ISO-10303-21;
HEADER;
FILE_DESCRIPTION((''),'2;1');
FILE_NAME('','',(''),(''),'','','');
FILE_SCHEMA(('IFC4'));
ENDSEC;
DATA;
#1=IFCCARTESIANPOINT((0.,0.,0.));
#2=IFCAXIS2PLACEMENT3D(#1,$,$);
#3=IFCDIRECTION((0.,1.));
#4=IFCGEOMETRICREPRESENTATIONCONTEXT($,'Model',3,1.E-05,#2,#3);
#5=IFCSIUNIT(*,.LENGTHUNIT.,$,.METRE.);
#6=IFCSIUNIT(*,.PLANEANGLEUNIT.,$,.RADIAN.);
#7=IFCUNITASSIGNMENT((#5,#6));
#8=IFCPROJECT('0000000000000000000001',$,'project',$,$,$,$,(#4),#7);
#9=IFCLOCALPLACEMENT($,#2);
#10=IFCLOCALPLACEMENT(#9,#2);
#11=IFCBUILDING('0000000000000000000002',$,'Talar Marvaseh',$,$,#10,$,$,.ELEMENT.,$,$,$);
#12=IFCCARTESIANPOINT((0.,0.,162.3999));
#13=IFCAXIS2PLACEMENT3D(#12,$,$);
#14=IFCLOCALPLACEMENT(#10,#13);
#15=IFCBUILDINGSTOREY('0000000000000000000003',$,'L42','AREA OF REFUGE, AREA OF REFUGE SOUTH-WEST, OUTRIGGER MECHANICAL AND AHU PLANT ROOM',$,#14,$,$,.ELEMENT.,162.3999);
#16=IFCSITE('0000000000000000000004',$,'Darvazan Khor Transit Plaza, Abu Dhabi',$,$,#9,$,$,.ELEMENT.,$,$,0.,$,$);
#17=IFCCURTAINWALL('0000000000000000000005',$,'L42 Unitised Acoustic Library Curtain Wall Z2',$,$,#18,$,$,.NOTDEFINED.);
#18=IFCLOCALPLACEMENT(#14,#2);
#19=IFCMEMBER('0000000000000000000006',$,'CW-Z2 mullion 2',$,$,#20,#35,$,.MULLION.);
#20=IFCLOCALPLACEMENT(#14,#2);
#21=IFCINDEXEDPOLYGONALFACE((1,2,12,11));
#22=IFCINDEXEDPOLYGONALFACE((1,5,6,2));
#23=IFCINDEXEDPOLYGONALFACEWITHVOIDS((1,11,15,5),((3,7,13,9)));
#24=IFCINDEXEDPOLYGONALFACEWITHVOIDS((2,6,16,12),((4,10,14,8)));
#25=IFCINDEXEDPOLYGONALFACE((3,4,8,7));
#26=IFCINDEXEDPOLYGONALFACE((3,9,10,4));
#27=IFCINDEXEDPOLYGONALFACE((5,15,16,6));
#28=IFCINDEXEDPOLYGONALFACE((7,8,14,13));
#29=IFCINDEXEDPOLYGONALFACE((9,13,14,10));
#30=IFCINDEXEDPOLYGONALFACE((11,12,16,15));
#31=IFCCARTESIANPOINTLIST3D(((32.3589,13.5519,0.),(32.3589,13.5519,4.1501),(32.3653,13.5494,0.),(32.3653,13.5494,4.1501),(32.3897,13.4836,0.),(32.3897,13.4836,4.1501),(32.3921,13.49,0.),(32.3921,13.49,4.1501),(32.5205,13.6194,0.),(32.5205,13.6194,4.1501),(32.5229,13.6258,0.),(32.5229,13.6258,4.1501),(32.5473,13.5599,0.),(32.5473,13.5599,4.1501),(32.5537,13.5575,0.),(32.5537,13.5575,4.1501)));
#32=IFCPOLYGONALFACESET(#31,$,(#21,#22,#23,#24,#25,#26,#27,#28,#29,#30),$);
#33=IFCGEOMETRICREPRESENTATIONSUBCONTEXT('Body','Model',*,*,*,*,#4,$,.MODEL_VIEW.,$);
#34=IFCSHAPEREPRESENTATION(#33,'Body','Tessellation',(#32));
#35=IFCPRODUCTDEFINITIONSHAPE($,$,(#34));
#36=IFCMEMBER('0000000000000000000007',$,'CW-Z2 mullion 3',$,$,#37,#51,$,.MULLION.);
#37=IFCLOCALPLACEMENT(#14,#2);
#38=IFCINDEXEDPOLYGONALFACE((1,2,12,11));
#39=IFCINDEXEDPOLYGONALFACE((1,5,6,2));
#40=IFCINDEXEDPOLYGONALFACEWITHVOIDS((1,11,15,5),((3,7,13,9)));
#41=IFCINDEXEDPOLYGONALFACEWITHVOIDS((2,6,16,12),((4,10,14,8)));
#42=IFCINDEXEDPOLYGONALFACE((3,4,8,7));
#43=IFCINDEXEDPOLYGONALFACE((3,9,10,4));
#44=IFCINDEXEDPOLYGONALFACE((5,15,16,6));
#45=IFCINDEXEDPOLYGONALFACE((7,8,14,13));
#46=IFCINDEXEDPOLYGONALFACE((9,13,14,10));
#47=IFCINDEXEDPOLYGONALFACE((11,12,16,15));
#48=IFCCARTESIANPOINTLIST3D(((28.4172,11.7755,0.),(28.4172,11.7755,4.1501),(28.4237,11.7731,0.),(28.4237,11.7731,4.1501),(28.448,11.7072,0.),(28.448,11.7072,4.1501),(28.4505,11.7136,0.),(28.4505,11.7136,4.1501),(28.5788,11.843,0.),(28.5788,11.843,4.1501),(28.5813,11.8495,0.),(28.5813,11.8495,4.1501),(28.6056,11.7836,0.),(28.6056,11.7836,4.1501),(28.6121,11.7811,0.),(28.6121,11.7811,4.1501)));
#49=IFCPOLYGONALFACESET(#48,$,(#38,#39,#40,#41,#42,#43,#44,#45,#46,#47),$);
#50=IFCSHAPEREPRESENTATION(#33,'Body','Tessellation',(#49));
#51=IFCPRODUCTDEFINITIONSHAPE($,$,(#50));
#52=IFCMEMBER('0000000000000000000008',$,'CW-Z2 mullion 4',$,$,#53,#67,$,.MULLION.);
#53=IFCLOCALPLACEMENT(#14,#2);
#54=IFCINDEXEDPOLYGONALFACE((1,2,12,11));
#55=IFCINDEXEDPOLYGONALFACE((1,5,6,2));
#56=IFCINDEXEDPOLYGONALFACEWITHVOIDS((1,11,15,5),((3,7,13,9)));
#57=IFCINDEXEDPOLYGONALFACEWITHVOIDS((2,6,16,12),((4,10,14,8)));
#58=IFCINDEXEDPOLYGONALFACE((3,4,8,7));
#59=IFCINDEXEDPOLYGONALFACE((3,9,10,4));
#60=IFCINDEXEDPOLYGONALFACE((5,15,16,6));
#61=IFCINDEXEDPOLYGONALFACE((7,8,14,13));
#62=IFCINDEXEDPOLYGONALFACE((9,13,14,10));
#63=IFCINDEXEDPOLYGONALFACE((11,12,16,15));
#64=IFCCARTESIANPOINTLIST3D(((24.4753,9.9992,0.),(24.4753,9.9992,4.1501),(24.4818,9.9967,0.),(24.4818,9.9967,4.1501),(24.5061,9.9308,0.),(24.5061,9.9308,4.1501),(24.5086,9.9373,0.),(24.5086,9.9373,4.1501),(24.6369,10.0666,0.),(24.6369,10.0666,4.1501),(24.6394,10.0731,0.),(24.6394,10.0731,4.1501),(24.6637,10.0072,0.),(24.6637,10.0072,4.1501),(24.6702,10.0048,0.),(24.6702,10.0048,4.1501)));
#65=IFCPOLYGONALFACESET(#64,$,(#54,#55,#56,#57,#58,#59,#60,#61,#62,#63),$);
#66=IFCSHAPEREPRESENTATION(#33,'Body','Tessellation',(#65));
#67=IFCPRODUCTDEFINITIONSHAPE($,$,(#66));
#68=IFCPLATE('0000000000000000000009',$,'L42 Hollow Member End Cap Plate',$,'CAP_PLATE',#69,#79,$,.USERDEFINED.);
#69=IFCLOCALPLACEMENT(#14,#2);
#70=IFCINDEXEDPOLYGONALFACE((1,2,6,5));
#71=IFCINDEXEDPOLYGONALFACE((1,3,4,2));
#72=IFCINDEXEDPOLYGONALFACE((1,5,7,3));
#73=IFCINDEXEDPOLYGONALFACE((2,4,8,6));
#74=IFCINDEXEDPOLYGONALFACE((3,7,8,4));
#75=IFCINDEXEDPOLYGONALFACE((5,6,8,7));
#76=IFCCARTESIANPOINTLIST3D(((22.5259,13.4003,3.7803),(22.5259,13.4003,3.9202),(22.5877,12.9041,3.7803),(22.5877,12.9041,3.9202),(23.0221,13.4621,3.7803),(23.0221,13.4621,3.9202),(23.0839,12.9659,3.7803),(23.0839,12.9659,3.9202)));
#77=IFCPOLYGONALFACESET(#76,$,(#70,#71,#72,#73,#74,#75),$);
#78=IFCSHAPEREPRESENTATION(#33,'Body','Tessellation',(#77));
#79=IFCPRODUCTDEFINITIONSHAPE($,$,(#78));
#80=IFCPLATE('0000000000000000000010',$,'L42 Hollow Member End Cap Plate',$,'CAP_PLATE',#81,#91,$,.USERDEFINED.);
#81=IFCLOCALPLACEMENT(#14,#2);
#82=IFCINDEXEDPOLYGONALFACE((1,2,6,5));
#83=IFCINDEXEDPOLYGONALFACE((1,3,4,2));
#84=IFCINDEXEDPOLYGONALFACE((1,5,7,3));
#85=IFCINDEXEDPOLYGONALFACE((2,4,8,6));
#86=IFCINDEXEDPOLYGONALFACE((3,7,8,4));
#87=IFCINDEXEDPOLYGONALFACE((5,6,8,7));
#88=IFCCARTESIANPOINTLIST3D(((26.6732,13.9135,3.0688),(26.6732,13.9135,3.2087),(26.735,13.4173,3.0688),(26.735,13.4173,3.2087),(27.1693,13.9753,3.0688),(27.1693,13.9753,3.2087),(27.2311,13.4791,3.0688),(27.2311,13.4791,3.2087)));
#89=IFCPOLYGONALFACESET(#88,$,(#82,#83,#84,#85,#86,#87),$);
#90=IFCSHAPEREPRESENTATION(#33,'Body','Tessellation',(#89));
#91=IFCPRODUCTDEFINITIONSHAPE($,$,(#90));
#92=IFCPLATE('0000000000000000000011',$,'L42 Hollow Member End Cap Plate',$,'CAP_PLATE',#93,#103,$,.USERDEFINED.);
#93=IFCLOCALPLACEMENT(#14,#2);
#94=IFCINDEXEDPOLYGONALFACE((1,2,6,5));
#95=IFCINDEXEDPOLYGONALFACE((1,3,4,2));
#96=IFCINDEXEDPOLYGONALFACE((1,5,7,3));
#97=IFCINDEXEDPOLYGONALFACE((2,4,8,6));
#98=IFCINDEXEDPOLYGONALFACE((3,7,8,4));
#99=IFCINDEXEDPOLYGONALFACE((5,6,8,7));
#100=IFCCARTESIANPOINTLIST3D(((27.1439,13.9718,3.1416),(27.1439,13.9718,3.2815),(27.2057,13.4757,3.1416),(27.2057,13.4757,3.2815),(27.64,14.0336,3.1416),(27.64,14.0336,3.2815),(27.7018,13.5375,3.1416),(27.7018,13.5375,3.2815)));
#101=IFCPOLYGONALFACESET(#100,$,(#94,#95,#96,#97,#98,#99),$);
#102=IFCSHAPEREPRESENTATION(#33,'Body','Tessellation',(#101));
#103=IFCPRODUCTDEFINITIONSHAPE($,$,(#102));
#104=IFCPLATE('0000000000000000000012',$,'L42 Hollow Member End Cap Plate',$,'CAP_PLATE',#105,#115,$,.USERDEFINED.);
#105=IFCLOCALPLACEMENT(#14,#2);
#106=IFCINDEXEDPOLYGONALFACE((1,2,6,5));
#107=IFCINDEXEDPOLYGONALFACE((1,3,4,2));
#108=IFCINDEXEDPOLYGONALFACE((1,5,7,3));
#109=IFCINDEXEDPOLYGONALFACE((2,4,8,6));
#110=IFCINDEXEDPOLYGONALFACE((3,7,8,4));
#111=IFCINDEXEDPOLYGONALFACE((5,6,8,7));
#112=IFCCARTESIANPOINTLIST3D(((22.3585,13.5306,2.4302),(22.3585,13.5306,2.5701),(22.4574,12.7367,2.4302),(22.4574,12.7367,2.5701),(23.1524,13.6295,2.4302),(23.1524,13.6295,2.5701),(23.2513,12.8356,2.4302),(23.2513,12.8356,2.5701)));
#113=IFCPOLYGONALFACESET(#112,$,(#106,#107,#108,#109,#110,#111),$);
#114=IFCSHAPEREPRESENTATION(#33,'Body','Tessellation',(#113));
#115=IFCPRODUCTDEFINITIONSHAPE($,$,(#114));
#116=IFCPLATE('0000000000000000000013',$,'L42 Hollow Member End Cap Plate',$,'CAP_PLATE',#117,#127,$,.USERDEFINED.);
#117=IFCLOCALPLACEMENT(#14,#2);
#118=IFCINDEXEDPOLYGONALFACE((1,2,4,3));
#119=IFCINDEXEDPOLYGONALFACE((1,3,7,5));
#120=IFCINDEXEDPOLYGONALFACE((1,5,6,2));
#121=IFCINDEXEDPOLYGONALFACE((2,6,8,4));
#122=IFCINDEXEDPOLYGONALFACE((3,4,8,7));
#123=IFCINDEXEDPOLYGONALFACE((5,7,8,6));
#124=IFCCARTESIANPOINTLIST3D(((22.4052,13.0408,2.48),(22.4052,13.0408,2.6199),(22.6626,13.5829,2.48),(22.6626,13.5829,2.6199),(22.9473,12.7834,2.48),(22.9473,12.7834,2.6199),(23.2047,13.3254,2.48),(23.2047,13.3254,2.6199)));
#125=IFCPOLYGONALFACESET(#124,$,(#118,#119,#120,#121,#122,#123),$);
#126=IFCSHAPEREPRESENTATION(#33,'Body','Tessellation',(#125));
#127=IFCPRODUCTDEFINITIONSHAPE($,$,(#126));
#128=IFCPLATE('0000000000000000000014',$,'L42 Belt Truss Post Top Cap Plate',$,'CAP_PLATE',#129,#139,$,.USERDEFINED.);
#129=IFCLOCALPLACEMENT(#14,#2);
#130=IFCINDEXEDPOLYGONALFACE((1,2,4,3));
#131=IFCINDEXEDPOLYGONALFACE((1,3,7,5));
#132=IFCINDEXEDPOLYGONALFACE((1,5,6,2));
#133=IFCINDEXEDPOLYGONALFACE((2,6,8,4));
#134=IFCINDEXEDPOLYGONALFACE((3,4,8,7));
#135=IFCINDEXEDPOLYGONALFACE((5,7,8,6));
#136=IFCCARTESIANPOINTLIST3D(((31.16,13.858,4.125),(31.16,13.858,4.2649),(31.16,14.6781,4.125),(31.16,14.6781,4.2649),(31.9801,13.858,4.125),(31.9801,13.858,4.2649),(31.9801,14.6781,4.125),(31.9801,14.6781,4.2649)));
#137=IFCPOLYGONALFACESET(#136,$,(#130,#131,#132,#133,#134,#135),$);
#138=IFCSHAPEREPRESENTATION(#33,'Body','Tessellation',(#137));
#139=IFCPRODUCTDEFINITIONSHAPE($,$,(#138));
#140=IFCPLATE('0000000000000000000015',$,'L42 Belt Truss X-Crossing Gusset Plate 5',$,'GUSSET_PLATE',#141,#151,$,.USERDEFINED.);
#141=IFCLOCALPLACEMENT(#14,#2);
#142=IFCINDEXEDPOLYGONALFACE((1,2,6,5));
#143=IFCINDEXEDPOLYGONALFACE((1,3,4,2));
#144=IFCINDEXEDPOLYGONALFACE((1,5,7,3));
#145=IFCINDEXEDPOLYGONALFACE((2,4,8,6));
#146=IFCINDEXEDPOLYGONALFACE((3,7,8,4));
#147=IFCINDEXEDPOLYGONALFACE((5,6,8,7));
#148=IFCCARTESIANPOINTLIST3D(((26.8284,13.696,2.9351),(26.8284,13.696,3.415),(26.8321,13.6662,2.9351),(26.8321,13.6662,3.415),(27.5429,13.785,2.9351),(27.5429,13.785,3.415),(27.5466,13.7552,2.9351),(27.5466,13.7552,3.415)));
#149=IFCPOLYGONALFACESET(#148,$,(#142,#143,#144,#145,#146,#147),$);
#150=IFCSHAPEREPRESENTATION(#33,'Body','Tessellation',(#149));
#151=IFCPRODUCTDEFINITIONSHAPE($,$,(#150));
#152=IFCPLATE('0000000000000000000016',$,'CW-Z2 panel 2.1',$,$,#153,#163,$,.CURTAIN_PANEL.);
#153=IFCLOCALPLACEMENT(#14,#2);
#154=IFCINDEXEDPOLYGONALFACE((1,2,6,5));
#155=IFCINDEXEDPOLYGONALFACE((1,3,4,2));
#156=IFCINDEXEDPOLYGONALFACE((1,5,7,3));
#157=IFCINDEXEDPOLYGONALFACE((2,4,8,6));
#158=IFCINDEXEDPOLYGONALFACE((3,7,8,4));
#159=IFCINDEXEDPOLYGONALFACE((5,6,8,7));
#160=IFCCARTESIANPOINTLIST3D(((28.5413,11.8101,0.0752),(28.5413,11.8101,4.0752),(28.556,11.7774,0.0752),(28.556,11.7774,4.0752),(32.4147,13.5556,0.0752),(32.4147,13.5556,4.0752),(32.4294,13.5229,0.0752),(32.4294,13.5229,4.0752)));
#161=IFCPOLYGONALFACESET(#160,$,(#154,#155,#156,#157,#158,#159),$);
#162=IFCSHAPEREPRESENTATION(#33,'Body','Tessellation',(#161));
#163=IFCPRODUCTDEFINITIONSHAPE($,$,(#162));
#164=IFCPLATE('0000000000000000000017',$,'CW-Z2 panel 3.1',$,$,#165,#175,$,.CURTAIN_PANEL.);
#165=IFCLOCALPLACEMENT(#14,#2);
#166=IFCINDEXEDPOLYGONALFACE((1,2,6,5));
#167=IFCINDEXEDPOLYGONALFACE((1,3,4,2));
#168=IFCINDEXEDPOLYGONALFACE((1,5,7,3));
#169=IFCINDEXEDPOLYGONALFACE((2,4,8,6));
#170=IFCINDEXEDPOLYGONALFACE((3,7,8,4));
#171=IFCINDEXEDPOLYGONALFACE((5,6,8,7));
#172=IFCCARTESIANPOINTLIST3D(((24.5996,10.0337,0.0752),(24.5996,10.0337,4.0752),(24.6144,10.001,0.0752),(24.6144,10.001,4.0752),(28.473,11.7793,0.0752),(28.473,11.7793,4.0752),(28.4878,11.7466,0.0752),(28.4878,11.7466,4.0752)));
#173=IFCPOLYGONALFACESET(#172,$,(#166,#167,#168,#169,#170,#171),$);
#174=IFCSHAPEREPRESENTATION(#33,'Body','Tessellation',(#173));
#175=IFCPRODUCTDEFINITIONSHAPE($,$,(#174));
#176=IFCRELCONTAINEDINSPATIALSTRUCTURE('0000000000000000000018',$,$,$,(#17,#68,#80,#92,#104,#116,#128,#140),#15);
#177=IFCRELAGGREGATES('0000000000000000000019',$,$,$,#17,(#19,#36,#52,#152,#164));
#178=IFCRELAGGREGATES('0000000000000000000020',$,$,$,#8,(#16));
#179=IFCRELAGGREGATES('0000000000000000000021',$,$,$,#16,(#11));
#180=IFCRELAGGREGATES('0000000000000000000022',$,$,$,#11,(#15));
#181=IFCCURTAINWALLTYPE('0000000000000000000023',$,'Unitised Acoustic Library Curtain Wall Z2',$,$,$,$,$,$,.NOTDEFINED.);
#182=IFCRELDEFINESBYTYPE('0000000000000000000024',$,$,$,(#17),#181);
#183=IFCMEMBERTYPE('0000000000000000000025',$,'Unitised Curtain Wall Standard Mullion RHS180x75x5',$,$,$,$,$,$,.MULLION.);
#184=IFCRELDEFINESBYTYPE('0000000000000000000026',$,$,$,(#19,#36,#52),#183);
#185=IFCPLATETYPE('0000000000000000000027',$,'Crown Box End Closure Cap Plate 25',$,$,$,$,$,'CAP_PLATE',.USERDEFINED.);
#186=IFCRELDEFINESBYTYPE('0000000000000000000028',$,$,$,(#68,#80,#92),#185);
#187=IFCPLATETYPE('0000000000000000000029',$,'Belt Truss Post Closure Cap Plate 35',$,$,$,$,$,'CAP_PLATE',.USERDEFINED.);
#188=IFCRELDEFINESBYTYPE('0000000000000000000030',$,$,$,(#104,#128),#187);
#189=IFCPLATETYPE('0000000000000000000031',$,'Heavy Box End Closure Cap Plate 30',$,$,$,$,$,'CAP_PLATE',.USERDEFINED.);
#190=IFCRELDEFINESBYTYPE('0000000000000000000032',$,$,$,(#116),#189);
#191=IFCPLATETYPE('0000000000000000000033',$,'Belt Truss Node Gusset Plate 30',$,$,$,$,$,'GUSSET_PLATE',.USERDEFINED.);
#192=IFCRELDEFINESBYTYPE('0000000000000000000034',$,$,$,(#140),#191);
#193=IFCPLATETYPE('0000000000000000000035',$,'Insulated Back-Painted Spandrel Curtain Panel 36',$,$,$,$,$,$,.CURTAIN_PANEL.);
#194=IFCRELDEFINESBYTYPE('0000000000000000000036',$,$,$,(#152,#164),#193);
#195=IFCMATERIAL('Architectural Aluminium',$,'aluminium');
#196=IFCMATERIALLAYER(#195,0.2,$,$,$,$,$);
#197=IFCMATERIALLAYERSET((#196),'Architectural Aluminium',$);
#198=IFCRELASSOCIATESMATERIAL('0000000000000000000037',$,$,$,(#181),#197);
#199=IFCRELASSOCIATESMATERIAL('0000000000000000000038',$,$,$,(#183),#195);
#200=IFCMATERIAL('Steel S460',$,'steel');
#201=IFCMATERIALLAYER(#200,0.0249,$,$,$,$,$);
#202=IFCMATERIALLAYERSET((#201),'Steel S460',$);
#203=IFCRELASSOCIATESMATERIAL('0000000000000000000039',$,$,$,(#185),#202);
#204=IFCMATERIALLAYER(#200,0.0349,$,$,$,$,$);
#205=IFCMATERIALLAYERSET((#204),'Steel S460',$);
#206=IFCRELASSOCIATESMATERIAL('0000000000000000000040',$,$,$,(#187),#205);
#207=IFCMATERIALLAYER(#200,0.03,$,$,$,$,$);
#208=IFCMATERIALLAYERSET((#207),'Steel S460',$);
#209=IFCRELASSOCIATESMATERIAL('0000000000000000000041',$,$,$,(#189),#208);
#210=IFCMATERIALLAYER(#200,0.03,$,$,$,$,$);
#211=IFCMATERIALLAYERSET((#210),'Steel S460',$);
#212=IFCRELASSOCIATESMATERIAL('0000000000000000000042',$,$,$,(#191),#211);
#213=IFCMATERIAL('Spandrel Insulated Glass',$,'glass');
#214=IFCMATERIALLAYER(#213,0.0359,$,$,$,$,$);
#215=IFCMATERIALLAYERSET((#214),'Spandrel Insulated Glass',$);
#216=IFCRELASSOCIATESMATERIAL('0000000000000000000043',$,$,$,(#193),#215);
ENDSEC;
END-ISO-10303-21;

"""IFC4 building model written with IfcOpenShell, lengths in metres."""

from ifc_helpers import new_model, si_unit, direction, frame, origin, origin_2d, place, context, subcontext, project, spatial, rectangle, hollow_rectangle, extrude, source, transform, mapped, material, layer, layer_set, material_profile, profile_set, type_object, type_shapes, element, aggregate, save


model = new_model("IFC4")

# Units and contexts
model_context = context("Model", 3, precision=1e-05, world=origin(), true_north=direction((0.0, 1.0)))
body_context = subcontext(model_context, "Body", "Model", "MODEL_VIEW")
ifc_project = project(units=[si_unit("LENGTHUNIT", "METRE"), si_unit("PLANEANGLEUNIT", "RADIAN")], contexts=[model_context])

# Site, building, storey
site_placement = place(None, origin())
site = spatial("IfcSite", under=ifc_project, at=site_placement, Name="Darvazan Khor Transit Plaza, Abu Dhabi", CompositionType="ELEMENT", RefElevation=0.0)
building_placement = place(site_placement, origin())
building = spatial("IfcBuilding", under=site, at=building_placement, Name="Talar Marvaseh", CompositionType="ELEMENT")
storey_placement = place(building_placement, frame((0.0, 0.0, 162.3999)))
storey = spatial("IfcBuildingStorey", under=building, at=storey_placement, Name="L42", Description="AREA OF REFUGE, AREA OF REFUGE SOUTH-WEST, OUTRIGGER MECHANICAL AND AHU PLANT ROOM", CompositionType="ELEMENT", Elevation=162.3999)

# Shared definitions
ifc_material_1 = material(Name="Steel S460", Category="steel")

# Curtain wall, members
ifc_material_2 = material(Name="Architectural Aluminium", Category="aluminium")
ifc_layer_1 = layer(ifc_material_2, 0.2)
ifc_layer_set_1 = layer_set([ifc_layer_1], Name="Architectural Aluminium")
curtain_wall_type = type_object("IfcCurtainWallType", Name="Unitised Acoustic Library Curtain Wall Z2", PredefinedType="NOTDEFINED", material=ifc_layer_set_1)
curtain_wall_placement = place(storey_placement, origin())
curtain_wall = element("IfcCurtainWall", 1, at=curtain_wall_placement, inside=storey, type_object=curtain_wall_type, Name="L42 Unitised Acoustic Library Curtain Wall Z2", PredefinedType="NOTDEFINED")
ifc_material_profile_1 = material_profile(ifc_material_2, hollow_rectangle(XDim=0.075, YDim=0.1799, WallThickness=0.0049, at=origin_2d()), Name="RHS180x75x5")
ifc_profile_set_1 = profile_set([ifc_material_profile_1], Name="Architectural Aluminium")
member_type_1 = type_object("IfcMemberType", Name="Unitised Curtain Wall Standard Mullion RHS180x75x5", PredefinedType="MULLION", material=ifc_profile_set_1)
shared_shape_1 = source(origin(), body_context, "Body", "SweptSolid", [
    extrude(hollow_rectangle(XDim=0.075, YDim=0.1799, WallThickness=0.0049, at=origin_2d()), origin(), (0.0, 0.0, 1.0), 4.1501),
])
type_shapes(member_type_1, [shared_shape_1])
member_1_placement = place(storey_placement, frame((32.4563, 13.5547, 0.0), z_axis=(0.0, 0.0, 1.0), x_axis=(0.410862, -0.911697, 0.0)))
member_1 = element("IfcMember", 2, at=member_1_placement, type_object=member_type_1, Name="CW-Z2 mullion 2", PredefinedType="MULLION", context=body_context, shape_type="MappedRepresentation", body=[
    mapped(shared_shape_1, transform((0.0, 0.0, 0.0), x_axis=(1.0, 0.0, 0.0), y_axis=(0.0, 1.0, 0.0), z_axis=(0.0, 0.0, 1.0), scale=1.0)),
])
member_2_placement = place(storey_placement, frame((28.5146, 11.7783, 0.0), z_axis=(0.0, 0.0, 1.0), x_axis=(0.410862, -0.911697, 0.0)))
member_2 = element("IfcMember", 3, at=member_2_placement, type_object=member_type_1, Name="CW-Z2 mullion 3", PredefinedType="MULLION", context=body_context, shape_type="MappedRepresentation", body=[
    mapped(shared_shape_1, transform((0.0, 0.0, 0.0), x_axis=(1.0, 0.0, 0.0), y_axis=(0.0, 1.0, 0.0), z_axis=(0.0, 0.0, 1.0), scale=1.0)),
])
member_3_placement = place(storey_placement, frame((24.5728, 10.002, 0.0), z_axis=(0.0, 0.0, 1.0), x_axis=(0.410862, -0.911697, 0.0)))
member_3 = element("IfcMember", 4, at=member_3_placement, type_object=member_type_1, Name="CW-Z2 mullion 4", PredefinedType="MULLION", context=body_context, shape_type="MappedRepresentation", body=[
    mapped(shared_shape_1, transform((0.0, 0.0, 0.0), x_axis=(1.0, 0.0, 0.0), y_axis=(0.0, 1.0, 0.0), z_axis=(0.0, 0.0, 1.0), scale=1.0)),
])

# Plates
ifc_layer_2 = layer(ifc_material_1, 0.0249)
ifc_layer_set_2 = layer_set([ifc_layer_2], Name="Steel S460")
plate_type_1 = type_object("IfcPlateType", Name="Crown Box End Closure Cap Plate 25", ElementType="CAP_PLATE", PredefinedType="USERDEFINED", material=ifc_layer_set_2)
shared_shape_2 = source(origin(), body_context, "Body", "SweptSolid", [
    extrude(rectangle(XDim=0.5, YDim=0.5, at=origin_2d()), origin(), (0.0, 0.0, 1.0), 0.1399),
])
type_shapes(plate_type_1, [shared_shape_2])
for number, where, z_axis, x_axis, name in (
    (5, (22.8049, 13.1831, 3.7803), (0.0, 0.0, 1.0), (-0.992332, -0.123601, 0.0), "L42 Hollow Member End Cap Plate"),
    (6, (26.9521, 13.6963, 3.0688), (0.0, 0.0, 1.0), (0.992332, 0.123601, 0.0), "L42 Hollow Member End Cap Plate"),
    (7, (27.4229, 13.7546, 3.1416), (0.0, 0.0, 1.0), (0.992332, 0.123601, 0.0), "L42 Hollow Member End Cap Plate"),
):
    element("IfcPlate", number, at=place(storey_placement, frame(where, z_axis=z_axis, x_axis=x_axis)), inside=storey, type_object=plate_type_1, Name=name, ObjectType="CAP_PLATE", PredefinedType="USERDEFINED", context=body_context, shape_type="MappedRepresentation", body=[
        mapped(shared_shape_2, transform((0.0, 0.0, 0.0), x_axis=(1.0, 0.0, 0.0), y_axis=(0.0, 1.0, 0.0), z_axis=(0.0, 0.0, 1.0), scale=1.0)),
    ])
ifc_layer_3 = layer(ifc_material_1, 0.0349)
ifc_layer_set_3 = layer_set([ifc_layer_3], Name="Steel S460")
plate_type_2 = type_object("IfcPlateType", Name="Belt Truss Post Closure Cap Plate 35", ElementType="CAP_PLATE", PredefinedType="USERDEFINED", material=ifc_layer_set_3)
shared_shape_3 = source(origin(), body_context, "Body", "SweptSolid", [
    extrude(rectangle(XDim=0.8, YDim=0.8, at=origin_2d()), origin(), (0.0, 0.0, 1.0), 0.1399),
])
plate_1_placement = place(storey_placement, frame((22.8049, 13.1831, 2.4302), z_axis=(0.0, 0.0, 1.0), x_axis=(-0.992332, -0.123601, 0.0)))
element("IfcPlate", 8, at=plate_1_placement, inside=storey, type_object=plate_type_2, Name="L42 Hollow Member End Cap Plate", ObjectType="CAP_PLATE", PredefinedType="USERDEFINED", context=body_context, shape_type="MappedRepresentation", body=[
    mapped(shared_shape_3, transform((0.0, 0.0, 0.0), x_axis=(1.0, 0.0, 0.0), y_axis=(0.0, 1.0, 0.0), z_axis=(0.0, 0.0, 1.0), scale=1.0)),
])
ifc_layer_4 = layer(ifc_material_1, 0.03)
ifc_layer_set_4 = layer_set([ifc_layer_4], Name="Steel S460")
plate_type_3 = type_object("IfcPlateType", Name="Heavy Box End Closure Cap Plate 30", ElementType="CAP_PLATE", PredefinedType="USERDEFINED", material=ifc_layer_set_4)
shared_shape_4 = source(origin(), body_context, "Body", "SweptSolid", [
    extrude(rectangle(XDim=0.6001, YDim=0.6001, at=origin_2d()), origin(), (0.0, 0.0, 1.0), 0.1399),
])
type_shapes(plate_type_3, [shared_shape_4])
plate_2_placement = place(storey_placement, frame((22.8049, 13.1831, 2.48), z_axis=(0.0, 0.0, 1.0), x_axis=(-0.428935, -0.903335, 0.0)))
element("IfcPlate", 9, at=plate_2_placement, inside=storey, type_object=plate_type_3, Name="L42 Hollow Member End Cap Plate", ObjectType="CAP_PLATE", PredefinedType="USERDEFINED", context=body_context, shape_type="MappedRepresentation", body=[
    mapped(shared_shape_4, transform((0.0, 0.0, 0.0), x_axis=(1.0, 0.0, 0.0), y_axis=(0.0, 1.0, 0.0), z_axis=(0.0, 0.0, 1.0), scale=1.0)),
])
shared_shape_5 = source(origin(), body_context, "Body", "SweptSolid", [
    extrude(rectangle(XDim=0.8201, YDim=0.8201, at=origin_2d()), origin(), (0.0, 0.0, 1.0), 0.1399),
])
type_shapes(plate_type_2, [shared_shape_3, shared_shape_5])
plate_3_placement = place(storey_placement, frame((31.5701, 14.2681, 4.125), z_axis=(0.0, 0.0, 1.0), x_axis=(1.0, 0.0, 0.0)))
element("IfcPlate", 10, at=plate_3_placement, inside=storey, type_object=plate_type_2, Name="L42 Belt Truss Post Top Cap Plate", ObjectType="CAP_PLATE", PredefinedType="USERDEFINED", context=body_context, shape_type="MappedRepresentation", body=[
    mapped(shared_shape_5, transform((0.0, 0.0, 0.0), x_axis=(1.0, 0.0, 0.0), y_axis=(0.0, 1.0, 0.0), z_axis=(0.0, 0.0, 1.0), scale=1.0)),
])
ifc_layer_5 = layer(ifc_material_1, 0.03)
ifc_layer_set_5 = layer_set([ifc_layer_5], Name="Steel S460")
plate_type_4 = type_object("IfcPlateType", Name="Belt Truss Node Gusset Plate 30", ElementType="GUSSET_PLATE", PredefinedType="USERDEFINED", material=ifc_layer_set_5)
shared_shape_6 = source(origin(), body_context, "Body", "SweptSolid", [
    extrude(rectangle(XDim=0.72, YDim=0.03, at=origin_2d()), origin(), (0.0, 0.0, 1.0), 0.48),
])
type_shapes(plate_type_4, [shared_shape_6])
plate_4_placement = place(storey_placement, frame((27.1875, 13.7256, 2.9351), z_axis=(0.0, 0.0, 1.0), x_axis=(-0.992332, -0.123601, 0.0)))
element("IfcPlate", 11, at=plate_4_placement, inside=storey, type_object=plate_type_4, Name="L42 Belt Truss X-Crossing Gusset Plate 5", ObjectType="GUSSET_PLATE", PredefinedType="USERDEFINED", context=body_context, shape_type="MappedRepresentation", body=[
    mapped(shared_shape_6, transform((0.0, 0.0, 0.0), x_axis=(1.0, 0.0, 0.0), y_axis=(0.0, 1.0, 0.0), z_axis=(0.0, 0.0, 1.0), scale=1.0)),
])

# Plates
ifc_material_3 = material(Name="Spandrel Insulated Glass", Category="glass")
ifc_layer_6 = layer(ifc_material_3, 0.0359)
ifc_layer_set_6 = layer_set([ifc_layer_6], Name="Spandrel Insulated Glass")
plate_type_5 = type_object("IfcPlateType", Name="Insulated Back-Painted Spandrel Curtain Panel 36", PredefinedType="CURTAIN_PANEL", material=ifc_layer_set_6)
shared_shape_7 = source(origin(), body_context, "Body", "SweptSolid", [
    extrude(rectangle(XDim=4.2485, YDim=0.0359, at=origin_2d()), origin(), (0.0, 0.0, 1.0), 4.0),
])
type_shapes(plate_type_5, [shared_shape_7])
plate_5_placement = place(storey_placement, frame((30.4854, 12.6665, 0.0752), z_axis=(0.0, 0.0, 1.0), x_axis=(-0.911697, -0.410862, 0.0)))
plate_5 = element("IfcPlate", 12, at=plate_5_placement, type_object=plate_type_5, Name="CW-Z2 panel 2.1", PredefinedType="CURTAIN_PANEL", context=body_context, shape_type="MappedRepresentation", body=[
    mapped(shared_shape_7, transform((0.0, 0.0, 0.0), x_axis=(1.0, 0.0, 0.0), y_axis=(0.0, 1.0, 0.0), z_axis=(0.0, 0.0, 1.0), scale=1.0)),
])
plate_6_placement = place(storey_placement, frame((26.5437, 10.8901, 0.0752), z_axis=(0.0, 0.0, 1.0), x_axis=(-0.911697, -0.410862, 0.0)))
plate_6 = element("IfcPlate", 13, at=plate_6_placement, type_object=plate_type_5, Name="CW-Z2 panel 3.1", PredefinedType="CURTAIN_PANEL", context=body_context, shape_type="MappedRepresentation", body=[
    mapped(shared_shape_7, transform((0.0, 0.0, 0.0), x_axis=(1.0, 0.0, 0.0), y_axis=(0.0, 1.0, 0.0), z_axis=(0.0, 0.0, 1.0), scale=1.0)),
])
aggregate(curtain_wall, [member_1, member_2, member_3, plate_5, plate_6])

save(model, "model.ifc")
